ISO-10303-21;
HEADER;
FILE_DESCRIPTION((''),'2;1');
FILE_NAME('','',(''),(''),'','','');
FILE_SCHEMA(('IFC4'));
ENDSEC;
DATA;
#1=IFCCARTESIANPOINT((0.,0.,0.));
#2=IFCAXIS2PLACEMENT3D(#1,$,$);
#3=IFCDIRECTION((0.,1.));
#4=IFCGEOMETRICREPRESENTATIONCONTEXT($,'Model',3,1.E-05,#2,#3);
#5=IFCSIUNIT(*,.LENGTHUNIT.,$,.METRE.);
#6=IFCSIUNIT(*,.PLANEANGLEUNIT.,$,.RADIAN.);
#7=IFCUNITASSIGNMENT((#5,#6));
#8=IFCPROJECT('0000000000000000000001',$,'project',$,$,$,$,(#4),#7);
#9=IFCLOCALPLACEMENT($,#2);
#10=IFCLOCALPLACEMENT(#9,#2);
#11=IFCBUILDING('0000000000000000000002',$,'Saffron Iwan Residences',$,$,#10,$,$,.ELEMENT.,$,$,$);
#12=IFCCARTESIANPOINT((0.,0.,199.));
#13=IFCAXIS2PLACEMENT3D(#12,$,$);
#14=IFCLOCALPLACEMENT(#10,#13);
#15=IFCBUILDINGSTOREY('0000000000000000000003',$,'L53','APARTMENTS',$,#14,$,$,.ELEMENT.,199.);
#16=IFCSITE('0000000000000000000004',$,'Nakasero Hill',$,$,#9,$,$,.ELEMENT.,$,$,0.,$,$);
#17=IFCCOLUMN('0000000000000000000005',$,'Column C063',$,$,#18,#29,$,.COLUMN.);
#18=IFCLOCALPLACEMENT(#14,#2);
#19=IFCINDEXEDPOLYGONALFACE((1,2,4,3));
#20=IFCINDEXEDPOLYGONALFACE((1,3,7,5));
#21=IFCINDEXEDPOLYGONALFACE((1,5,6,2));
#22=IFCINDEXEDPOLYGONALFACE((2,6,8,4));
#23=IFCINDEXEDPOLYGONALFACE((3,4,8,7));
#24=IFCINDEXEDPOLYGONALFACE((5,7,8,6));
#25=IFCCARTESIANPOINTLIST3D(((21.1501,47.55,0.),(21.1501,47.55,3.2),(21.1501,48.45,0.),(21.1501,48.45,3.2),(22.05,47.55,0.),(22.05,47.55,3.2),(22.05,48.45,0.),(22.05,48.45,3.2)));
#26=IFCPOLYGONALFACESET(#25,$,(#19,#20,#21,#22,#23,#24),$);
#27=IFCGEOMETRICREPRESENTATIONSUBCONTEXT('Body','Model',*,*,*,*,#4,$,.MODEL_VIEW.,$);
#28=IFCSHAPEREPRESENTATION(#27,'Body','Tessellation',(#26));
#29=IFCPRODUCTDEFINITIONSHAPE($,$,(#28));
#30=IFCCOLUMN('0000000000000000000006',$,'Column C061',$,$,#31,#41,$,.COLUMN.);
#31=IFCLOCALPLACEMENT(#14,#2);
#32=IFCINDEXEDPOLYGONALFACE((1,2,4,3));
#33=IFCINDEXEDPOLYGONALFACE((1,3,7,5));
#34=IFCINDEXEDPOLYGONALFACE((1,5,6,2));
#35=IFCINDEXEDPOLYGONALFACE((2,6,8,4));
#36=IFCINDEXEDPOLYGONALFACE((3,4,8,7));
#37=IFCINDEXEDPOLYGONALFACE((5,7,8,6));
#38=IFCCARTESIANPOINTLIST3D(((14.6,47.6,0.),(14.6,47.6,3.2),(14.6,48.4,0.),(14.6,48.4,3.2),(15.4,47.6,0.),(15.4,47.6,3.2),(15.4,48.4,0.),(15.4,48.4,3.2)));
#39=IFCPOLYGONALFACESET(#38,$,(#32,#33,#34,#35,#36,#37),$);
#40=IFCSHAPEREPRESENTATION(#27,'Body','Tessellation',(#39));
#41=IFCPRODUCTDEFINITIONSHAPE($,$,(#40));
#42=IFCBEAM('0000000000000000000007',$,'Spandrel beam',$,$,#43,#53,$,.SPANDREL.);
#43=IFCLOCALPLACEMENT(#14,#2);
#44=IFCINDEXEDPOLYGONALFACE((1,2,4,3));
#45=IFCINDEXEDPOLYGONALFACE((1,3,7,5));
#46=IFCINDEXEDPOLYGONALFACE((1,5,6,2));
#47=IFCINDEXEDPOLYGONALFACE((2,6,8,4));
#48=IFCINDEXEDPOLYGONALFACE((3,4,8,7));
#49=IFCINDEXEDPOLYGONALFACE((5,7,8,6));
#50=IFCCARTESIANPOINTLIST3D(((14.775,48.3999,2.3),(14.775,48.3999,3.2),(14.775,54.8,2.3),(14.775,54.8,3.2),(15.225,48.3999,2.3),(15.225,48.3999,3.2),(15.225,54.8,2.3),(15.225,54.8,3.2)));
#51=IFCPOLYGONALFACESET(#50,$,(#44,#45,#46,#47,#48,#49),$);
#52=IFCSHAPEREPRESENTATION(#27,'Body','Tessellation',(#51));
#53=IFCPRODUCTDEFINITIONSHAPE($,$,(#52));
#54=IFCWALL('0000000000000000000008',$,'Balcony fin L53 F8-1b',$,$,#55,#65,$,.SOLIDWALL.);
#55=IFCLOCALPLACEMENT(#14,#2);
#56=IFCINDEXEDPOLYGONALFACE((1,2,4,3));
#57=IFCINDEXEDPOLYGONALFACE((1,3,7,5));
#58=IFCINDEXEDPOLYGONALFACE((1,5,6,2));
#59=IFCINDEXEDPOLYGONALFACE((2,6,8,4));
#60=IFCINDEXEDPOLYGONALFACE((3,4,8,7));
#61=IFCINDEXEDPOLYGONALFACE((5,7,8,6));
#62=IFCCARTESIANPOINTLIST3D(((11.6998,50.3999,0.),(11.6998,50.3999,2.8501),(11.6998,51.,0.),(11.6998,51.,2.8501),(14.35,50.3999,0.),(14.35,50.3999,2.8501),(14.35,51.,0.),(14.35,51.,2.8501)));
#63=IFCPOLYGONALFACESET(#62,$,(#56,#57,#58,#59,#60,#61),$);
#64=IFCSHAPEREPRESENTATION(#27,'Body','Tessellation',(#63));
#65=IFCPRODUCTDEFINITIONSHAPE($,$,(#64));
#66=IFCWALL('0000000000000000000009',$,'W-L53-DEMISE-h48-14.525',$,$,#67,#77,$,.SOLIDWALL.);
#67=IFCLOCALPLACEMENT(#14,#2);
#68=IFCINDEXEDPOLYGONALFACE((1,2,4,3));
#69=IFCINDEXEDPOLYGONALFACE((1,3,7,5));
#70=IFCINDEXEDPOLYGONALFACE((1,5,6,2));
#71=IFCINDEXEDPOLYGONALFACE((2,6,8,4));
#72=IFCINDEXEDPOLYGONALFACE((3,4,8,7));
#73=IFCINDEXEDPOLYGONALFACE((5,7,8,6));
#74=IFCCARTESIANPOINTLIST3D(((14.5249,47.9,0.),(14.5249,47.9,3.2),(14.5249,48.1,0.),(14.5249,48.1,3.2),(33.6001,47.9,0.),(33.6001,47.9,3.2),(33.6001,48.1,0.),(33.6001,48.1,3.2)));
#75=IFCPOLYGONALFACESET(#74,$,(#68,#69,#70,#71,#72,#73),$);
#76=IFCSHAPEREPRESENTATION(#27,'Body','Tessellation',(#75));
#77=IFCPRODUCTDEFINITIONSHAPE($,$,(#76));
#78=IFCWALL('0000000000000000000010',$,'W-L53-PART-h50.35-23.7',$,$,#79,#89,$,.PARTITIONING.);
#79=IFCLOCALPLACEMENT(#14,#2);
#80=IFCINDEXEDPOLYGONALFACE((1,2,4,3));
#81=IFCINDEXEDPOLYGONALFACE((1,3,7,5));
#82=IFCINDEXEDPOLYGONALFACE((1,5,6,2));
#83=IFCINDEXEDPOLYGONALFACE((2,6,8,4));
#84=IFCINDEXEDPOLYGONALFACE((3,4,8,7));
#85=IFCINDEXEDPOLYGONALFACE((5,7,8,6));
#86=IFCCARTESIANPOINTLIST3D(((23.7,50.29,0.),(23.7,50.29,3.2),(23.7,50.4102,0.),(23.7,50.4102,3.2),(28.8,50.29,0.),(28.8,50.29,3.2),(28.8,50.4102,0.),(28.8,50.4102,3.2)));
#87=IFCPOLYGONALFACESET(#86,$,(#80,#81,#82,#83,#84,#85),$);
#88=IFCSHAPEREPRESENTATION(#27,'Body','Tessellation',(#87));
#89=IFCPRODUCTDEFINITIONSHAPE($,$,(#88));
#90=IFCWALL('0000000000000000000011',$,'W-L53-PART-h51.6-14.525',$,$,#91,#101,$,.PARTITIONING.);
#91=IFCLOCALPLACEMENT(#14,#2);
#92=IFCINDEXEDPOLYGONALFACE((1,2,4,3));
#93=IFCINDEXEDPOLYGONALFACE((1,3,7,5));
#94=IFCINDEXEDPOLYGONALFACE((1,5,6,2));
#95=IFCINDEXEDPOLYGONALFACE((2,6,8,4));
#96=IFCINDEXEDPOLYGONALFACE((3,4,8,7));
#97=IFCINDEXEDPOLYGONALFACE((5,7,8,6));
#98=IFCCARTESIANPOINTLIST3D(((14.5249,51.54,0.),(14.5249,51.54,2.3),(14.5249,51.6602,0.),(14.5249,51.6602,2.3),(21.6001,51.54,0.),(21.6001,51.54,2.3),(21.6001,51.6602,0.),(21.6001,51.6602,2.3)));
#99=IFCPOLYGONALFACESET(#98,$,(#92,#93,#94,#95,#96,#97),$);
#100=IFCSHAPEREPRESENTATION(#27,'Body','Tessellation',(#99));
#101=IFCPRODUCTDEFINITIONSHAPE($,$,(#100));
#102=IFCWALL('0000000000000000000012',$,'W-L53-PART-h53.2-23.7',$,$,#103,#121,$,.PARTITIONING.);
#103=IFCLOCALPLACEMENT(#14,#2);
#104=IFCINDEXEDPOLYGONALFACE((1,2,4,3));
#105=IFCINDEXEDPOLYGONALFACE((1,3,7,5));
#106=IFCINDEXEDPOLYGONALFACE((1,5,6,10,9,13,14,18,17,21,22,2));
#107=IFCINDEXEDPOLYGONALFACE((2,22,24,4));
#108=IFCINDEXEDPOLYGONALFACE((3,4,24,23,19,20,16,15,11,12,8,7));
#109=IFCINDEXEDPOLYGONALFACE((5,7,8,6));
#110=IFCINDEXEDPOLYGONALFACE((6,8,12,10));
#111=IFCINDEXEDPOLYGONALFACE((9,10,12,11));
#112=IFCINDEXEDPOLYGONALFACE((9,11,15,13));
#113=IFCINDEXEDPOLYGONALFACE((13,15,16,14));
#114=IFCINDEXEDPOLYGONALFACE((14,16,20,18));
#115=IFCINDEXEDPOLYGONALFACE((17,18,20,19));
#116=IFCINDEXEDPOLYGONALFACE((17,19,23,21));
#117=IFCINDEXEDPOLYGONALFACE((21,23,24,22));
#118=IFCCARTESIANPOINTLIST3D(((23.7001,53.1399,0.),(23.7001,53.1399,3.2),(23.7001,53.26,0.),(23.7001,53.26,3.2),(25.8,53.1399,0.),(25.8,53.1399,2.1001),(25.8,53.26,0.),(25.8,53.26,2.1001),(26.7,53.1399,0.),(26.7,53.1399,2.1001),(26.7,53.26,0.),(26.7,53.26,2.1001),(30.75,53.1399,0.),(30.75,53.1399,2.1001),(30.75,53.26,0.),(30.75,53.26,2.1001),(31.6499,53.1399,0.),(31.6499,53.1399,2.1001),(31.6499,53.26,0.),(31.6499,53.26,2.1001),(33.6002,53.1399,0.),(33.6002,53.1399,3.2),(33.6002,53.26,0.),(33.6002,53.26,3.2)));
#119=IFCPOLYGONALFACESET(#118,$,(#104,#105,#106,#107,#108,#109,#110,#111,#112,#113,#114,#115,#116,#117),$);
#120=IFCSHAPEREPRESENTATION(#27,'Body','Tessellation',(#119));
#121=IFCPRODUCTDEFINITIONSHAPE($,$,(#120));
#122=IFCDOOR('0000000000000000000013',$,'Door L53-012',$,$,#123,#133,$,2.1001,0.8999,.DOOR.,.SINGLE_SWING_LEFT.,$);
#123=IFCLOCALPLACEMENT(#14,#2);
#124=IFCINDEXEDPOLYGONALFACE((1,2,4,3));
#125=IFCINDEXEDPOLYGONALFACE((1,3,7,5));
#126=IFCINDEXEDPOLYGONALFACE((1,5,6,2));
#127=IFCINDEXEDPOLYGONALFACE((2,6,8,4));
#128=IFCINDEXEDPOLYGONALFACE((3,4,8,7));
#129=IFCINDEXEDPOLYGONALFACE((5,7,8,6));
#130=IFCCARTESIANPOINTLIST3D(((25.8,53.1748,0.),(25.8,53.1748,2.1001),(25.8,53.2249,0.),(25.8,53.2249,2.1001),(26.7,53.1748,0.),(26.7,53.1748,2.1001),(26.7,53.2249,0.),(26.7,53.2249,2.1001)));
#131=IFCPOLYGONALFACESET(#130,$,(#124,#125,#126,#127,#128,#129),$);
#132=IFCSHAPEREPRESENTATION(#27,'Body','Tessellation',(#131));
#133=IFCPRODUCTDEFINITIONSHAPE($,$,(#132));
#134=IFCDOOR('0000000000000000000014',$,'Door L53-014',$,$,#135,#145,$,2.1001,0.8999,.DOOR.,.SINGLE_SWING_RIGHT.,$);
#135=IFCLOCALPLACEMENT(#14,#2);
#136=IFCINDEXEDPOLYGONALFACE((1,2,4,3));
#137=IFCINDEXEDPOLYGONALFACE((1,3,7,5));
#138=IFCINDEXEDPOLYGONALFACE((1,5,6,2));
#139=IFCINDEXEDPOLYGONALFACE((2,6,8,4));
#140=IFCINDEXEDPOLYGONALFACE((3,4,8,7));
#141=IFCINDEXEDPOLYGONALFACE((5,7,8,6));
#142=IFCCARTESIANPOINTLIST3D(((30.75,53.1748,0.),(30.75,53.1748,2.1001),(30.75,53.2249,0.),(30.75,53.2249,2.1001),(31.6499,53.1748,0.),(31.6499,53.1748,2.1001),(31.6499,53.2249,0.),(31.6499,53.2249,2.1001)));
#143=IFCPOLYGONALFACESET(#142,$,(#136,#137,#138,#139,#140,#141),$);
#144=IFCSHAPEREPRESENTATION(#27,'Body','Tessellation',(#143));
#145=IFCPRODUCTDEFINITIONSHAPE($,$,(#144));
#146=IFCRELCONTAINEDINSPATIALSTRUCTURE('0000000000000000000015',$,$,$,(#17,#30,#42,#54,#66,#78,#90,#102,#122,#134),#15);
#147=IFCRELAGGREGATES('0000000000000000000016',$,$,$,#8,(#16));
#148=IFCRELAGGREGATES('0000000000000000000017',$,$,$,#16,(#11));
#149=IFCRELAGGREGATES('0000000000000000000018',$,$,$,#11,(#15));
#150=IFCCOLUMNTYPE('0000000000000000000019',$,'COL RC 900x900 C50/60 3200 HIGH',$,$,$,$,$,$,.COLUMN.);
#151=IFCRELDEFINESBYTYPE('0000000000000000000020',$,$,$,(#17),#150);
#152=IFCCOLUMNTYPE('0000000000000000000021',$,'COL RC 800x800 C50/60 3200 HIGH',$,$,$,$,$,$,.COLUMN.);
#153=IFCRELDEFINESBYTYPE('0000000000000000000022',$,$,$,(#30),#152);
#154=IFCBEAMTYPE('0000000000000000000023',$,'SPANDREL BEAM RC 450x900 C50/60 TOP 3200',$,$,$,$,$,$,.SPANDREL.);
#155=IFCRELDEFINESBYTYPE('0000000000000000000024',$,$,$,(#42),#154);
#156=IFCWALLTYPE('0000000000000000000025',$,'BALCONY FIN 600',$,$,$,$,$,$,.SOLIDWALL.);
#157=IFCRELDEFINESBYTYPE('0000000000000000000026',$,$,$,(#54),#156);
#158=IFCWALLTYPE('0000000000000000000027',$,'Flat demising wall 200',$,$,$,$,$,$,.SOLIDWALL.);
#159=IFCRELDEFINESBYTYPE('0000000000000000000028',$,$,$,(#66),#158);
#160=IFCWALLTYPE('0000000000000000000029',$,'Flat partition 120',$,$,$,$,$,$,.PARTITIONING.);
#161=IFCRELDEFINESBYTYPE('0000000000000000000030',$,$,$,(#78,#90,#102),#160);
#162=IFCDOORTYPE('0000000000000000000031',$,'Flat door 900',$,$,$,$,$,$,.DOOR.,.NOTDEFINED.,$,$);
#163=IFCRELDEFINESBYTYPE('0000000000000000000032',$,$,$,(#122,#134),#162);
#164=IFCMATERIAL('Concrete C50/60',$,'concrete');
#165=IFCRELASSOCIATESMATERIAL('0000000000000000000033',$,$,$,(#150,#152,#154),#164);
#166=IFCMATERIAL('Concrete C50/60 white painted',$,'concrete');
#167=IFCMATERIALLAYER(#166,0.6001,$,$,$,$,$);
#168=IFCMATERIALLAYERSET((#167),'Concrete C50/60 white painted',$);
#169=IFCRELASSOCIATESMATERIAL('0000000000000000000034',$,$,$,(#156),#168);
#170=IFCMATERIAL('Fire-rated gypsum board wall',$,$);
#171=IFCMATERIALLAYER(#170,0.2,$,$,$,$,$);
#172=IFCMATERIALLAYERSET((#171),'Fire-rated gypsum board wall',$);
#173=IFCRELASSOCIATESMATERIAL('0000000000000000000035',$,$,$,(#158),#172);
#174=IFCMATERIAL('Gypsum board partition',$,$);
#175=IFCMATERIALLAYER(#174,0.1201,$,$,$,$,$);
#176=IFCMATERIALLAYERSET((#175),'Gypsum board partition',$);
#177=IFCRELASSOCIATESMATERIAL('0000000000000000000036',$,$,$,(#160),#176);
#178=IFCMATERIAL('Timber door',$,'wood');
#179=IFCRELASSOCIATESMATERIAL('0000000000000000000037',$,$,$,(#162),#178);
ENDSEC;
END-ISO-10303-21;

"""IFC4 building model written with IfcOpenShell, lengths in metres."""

from ifc_helpers import new_model, si_unit, direction, frame, frame_2d, origin, origin_2d, place, context, subcontext, project, spatial, rectangle, extrude, source, transform, mapped, material, layer, layer_set, material_profile, profile_set, type_object, element, fill, save


model = new_model("IFC4")

# Units and contexts
model_context = context("Model", 3, precision=1e-05, world=origin(), true_north=direction((0.0, 1.0)))
body_context = subcontext(model_context, "Body", "Model", "MODEL_VIEW")
ifc_project = project(units=[si_unit("LENGTHUNIT", "METRE"), si_unit("PLANEANGLEUNIT", "RADIAN")], contexts=[model_context])

# Site, building, storey
site_placement = place(None, origin())
site = spatial("IfcSite", under=ifc_project, at=site_placement, Name="Nakasero Hill", CompositionType="ELEMENT", RefElevation=0.0)
building_placement = place(site_placement, origin())
building = spatial("IfcBuilding", under=site, at=building_placement, Name="Saffron Iwan Residences", CompositionType="ELEMENT")
storey_placement = place(building_placement, frame((0.0, 0.0, 199.0)))
storey = spatial("IfcBuildingStorey", under=building, at=storey_placement, Name="L53", Description="APARTMENTS", CompositionType="ELEMENT", Elevation=199.0)

# Columns
ifc_material_1 = material(Name="Concrete C50/60", Category="concrete")
ifc_material_profile_1 = material_profile(ifc_material_1, rectangle(XDim=0.8999, YDim=0.8999, at=origin_2d()), Name="RC 900x900")
ifc_profile_set_1 = profile_set([ifc_material_profile_1], Name="Concrete C50/60")
column_type_1 = type_object("IfcColumnType", Name="COL RC 900x900 C50/60 3200 HIGH", PredefinedType="COLUMN", material=ifc_profile_set_1)
shared_shape_1 = source(origin(), body_context, "Body", "SweptSolid", [
    extrude(rectangle(XDim=0.8999, YDim=0.8999, at=origin_2d()), origin(), (0.0, 0.0, 1.0), 3.2),
])
column_1_placement = place(storey_placement, frame((21.6001, 48.0, 0.0), z_axis=(0.0, 0.0, 1.0), x_axis=(1.0, 0.0, 0.0)))
element("IfcColumn", 1, at=column_1_placement, inside=storey, type_object=column_type_1, Name="Column C063", PredefinedType="COLUMN", context=body_context, shape_type="MappedRepresentation", body=[
    mapped(shared_shape_1, transform((0.0, 0.0, 0.0))),
])
ifc_material_profile_2 = material_profile(ifc_material_1, rectangle(XDim=0.8, YDim=0.8, at=origin_2d()), Name="RC 800x800")
ifc_profile_set_2 = profile_set([ifc_material_profile_2], Name="Concrete C50/60")
column_type_2 = type_object("IfcColumnType", Name="COL RC 800x800 C50/60 3200 HIGH", PredefinedType="COLUMN", material=ifc_profile_set_2)
shared_shape_2 = source(origin(), body_context, "Body", "SweptSolid", [
    extrude(rectangle(XDim=0.8, YDim=0.8, at=origin_2d()), origin(), (0.0, 0.0, 1.0), 3.2),
])
column_2_placement = place(storey_placement, frame((15.0, 48.0, 0.0), z_axis=(0.0, 0.0, 1.0), x_axis=(1.0, 0.0, 0.0)))
element("IfcColumn", 2, at=column_2_placement, inside=storey, type_object=column_type_2, Name="Column C061", PredefinedType="COLUMN", context=body_context, shape_type="MappedRepresentation", body=[
    mapped(shared_shape_2, transform((0.0, 0.0, 0.0))),
])

# Beam
ifc_material_profile_3 = material_profile(ifc_material_1, rectangle(XDim=0.45, YDim=0.8999, at=origin_2d()), Name="RC 450x900")
ifc_profile_set_3 = profile_set([ifc_material_profile_3], Name="Concrete C50/60")
beam_type = type_object("IfcBeamType", Name="SPANDREL BEAM RC 450x900 C50/60 TOP 3200", PredefinedType="SPANDREL", material=ifc_profile_set_3)
shared_shape_3 = source(origin(), body_context, "Body", "SweptSolid", [
    extrude(rectangle(XDim=0.45, YDim=0.8999, at=origin_2d()), origin(), (0.0, 0.0, 1.0), 6.4001),
])
beam_placement = place(storey_placement, frame((15.0, 48.3999, 2.75), z_axis=(0.0, 1.0, 0.0), x_axis=(-1.0, 0.0, 0.0)))
element("IfcBeam", 3, at=beam_placement, inside=storey, type_object=beam_type, Name="Spandrel beam", PredefinedType="SPANDREL", context=body_context, shape_type="MappedRepresentation", body=[
    mapped(shared_shape_3, transform((0.0, 0.0, 0.0))),
])

# Walls
ifc_material_2 = material(Name="Concrete C50/60 white painted", Category="concrete")
ifc_layer_1 = layer(ifc_material_2, 0.6001)
ifc_layer_set_1 = layer_set([ifc_layer_1], Name="Concrete C50/60 white painted")
wall_type_1 = type_object("IfcWallType", Name="BALCONY FIN 600", PredefinedType="SOLIDWALL", material=ifc_layer_set_1)
wall_1_placement = place(storey_placement, frame((14.3501, 50.7, 0.0), z_axis=(0.0, 0.0, 1.0), x_axis=(-1.0, 0.0, 0.0)))
element("IfcWall", 4, at=wall_1_placement, inside=storey, type_object=wall_type_1, Name="Balcony fin L53 F8-1b", PredefinedType="SOLIDWALL", context=body_context, shape_type="SweptSolid", body=[
    extrude(rectangle(XDim=2.6501, YDim=0.6001, at=frame_2d((1.3252, 0.0))), origin(), (0.0, 0.0, 1.0), 2.8501),
])
ifc_material_3 = material(Name="Fire-rated gypsum board wall")
ifc_layer_2 = layer(ifc_material_3, 0.2)
ifc_layer_set_2 = layer_set([ifc_layer_2], Name="Fire-rated gypsum board wall")
wall_type_2 = type_object("IfcWallType", Name="Flat demising wall 200", PredefinedType="SOLIDWALL", material=ifc_layer_set_2)
wall_2_placement = place(storey_placement, frame((14.5249, 48.0, 0.0), z_axis=(0.0, 0.0, 1.0), x_axis=(1.0, 0.0, 0.0)))
element("IfcWall", 5, at=wall_2_placement, inside=storey, type_object=wall_type_2, Name="W-L53-DEMISE-h48-14.525", PredefinedType="SOLIDWALL", context=body_context, shape_type="SweptSolid", body=[
    extrude(rectangle(XDim=19.0752, YDim=0.2, at=frame_2d((9.5376, 0.0))), origin(), (0.0, 0.0, 1.0), 3.2),
])
ifc_material_4 = material(Name="Gypsum board partition")
ifc_layer_3 = layer(ifc_material_4, 0.1201)
ifc_layer_set_3 = layer_set([ifc_layer_3], Name="Gypsum board partition")
wall_type_3 = type_object("IfcWallType", Name="Flat partition 120", PredefinedType="PARTITIONING", material=ifc_layer_set_3)
wall_3_placement = place(storey_placement, frame((23.7, 50.3501, 0.0), z_axis=(0.0, 0.0, 1.0), x_axis=(1.0, 0.0, 0.0)))
element("IfcWall", 6, at=wall_3_placement, inside=storey, type_object=wall_type_3, Name="W-L53-PART-h50.35-23.7", PredefinedType="PARTITIONING", context=body_context, shape_type="SweptSolid", body=[
    extrude(rectangle(XDim=5.1001, YDim=0.1201, at=frame_2d((2.55, 0.0))), origin(), (0.0, 0.0, 1.0), 3.2),
])
wall_4_placement = place(storey_placement, frame((14.5249, 51.6001, 0.0), z_axis=(0.0, 0.0, 1.0), x_axis=(1.0, 0.0, 0.0)))
element("IfcWall", 7, at=wall_4_placement, inside=storey, type_object=wall_type_3, Name="W-L53-PART-h51.6-14.525", PredefinedType="PARTITIONING", context=body_context, shape_type="SweptSolid", body=[
    extrude(rectangle(XDim=7.0752, YDim=0.1201, at=frame_2d((3.5376, 0.0))), origin(), (0.0, 0.0, 1.0), 2.3),
])

# Wall, openings, doors
wall_5_placement = place(storey_placement, frame((23.7, 53.2, 0.0), z_axis=(0.0, 0.0, 1.0), x_axis=(1.0, 0.0, 0.0)))
wall_5 = element("IfcWall", 8, at=wall_5_placement, inside=storey, type_object=wall_type_3, Name="W-L53-PART-h53.2-23.7", PredefinedType="PARTITIONING", context=body_context, shape_type="SweptSolid", body=[
    extrude(rectangle(XDim=9.9001, YDim=0.1201, at=frame_2d((4.9502, 0.0))), origin(), (0.0, 0.0, 1.0), 3.2),
])
opening_1_placement = place(wall_5_placement, frame((2.1001, 0.0, 0.0)))
opening_1 = element("IfcOpeningElement", 9, at=opening_1_placement, cuts=wall_5, PredefinedType="OPENING", context=body_context, shape_type="SweptSolid", body=[
    extrude(rectangle(XDim=0.8999, YDim=2.1001, at=frame_2d((0.45, 1.05))), frame((0.0, 0.0701, 0.0), z_axis=(0.0, -1.0, 0.0), x_axis=(1.0, 0.0, 0.0)), (0.0, 0.0, 1.0), 0.1401),
])
opening_2_placement = place(wall_5_placement, frame((7.05, 0.0, 0.0)))
opening_2 = element("IfcOpeningElement", 10, at=opening_2_placement, cuts=wall_5, PredefinedType="OPENING", context=body_context, shape_type="SweptSolid", body=[
    extrude(rectangle(XDim=0.8999, YDim=2.1001, at=frame_2d((0.45, 1.05))), frame((0.0, 0.0701, 0.0), z_axis=(0.0, -1.0, 0.0), x_axis=(1.0, 0.0, 0.0)), (0.0, 0.0, 1.0), 0.1401),
])
ifc_material_5 = material(Name="Timber door", Category="wood")
door_type_1 = type_object("IfcDoorType", Name="Flat door 900", OperationType="NOTDEFINED", PredefinedType="DOOR", material=ifc_material_5)
door_1_placement = place(opening_1_placement, origin())
door_1 = element("IfcDoor", 11, at=door_1_placement, inside=storey, type_object=door_type_1, Name="Door L53-012", OperationType="SINGLE_SWING_LEFT", OverallHeight=2.1001, OverallWidth=0.8999, PredefinedType="DOOR", context=body_context, shape_type="SweptSolid", body=[
    extrude(rectangle(XDim=0.8999, YDim=2.1001, at=frame_2d((0.45, 1.05))), frame((0.0, 0.0249, 0.0), z_axis=(0.0, -1.0, 0.0), x_axis=(1.0, 0.0, 0.0)), (0.0, 0.0, 1.0), 0.05),
])
fill(opening_1, door_1)
door_2_placement = place(opening_2_placement, origin())
door_2 = element("IfcDoor", 12, at=door_2_placement, inside=storey, type_object=door_type_1, Name="Door L53-014", OperationType="SINGLE_SWING_RIGHT", OverallHeight=2.1001, OverallWidth=0.8999, PredefinedType="DOOR", context=body_context, shape_type="SweptSolid", body=[
    extrude(rectangle(XDim=0.8999, YDim=2.1001, at=frame_2d((0.45, 1.05))), frame((0.0, 0.0249, 0.0), z_axis=(0.0, -1.0, 0.0), x_axis=(1.0, 0.0, 0.0)), (0.0, 0.0, 1.0), 0.05),
])
fill(opening_2, door_2)

save(model, "model.ifc")
